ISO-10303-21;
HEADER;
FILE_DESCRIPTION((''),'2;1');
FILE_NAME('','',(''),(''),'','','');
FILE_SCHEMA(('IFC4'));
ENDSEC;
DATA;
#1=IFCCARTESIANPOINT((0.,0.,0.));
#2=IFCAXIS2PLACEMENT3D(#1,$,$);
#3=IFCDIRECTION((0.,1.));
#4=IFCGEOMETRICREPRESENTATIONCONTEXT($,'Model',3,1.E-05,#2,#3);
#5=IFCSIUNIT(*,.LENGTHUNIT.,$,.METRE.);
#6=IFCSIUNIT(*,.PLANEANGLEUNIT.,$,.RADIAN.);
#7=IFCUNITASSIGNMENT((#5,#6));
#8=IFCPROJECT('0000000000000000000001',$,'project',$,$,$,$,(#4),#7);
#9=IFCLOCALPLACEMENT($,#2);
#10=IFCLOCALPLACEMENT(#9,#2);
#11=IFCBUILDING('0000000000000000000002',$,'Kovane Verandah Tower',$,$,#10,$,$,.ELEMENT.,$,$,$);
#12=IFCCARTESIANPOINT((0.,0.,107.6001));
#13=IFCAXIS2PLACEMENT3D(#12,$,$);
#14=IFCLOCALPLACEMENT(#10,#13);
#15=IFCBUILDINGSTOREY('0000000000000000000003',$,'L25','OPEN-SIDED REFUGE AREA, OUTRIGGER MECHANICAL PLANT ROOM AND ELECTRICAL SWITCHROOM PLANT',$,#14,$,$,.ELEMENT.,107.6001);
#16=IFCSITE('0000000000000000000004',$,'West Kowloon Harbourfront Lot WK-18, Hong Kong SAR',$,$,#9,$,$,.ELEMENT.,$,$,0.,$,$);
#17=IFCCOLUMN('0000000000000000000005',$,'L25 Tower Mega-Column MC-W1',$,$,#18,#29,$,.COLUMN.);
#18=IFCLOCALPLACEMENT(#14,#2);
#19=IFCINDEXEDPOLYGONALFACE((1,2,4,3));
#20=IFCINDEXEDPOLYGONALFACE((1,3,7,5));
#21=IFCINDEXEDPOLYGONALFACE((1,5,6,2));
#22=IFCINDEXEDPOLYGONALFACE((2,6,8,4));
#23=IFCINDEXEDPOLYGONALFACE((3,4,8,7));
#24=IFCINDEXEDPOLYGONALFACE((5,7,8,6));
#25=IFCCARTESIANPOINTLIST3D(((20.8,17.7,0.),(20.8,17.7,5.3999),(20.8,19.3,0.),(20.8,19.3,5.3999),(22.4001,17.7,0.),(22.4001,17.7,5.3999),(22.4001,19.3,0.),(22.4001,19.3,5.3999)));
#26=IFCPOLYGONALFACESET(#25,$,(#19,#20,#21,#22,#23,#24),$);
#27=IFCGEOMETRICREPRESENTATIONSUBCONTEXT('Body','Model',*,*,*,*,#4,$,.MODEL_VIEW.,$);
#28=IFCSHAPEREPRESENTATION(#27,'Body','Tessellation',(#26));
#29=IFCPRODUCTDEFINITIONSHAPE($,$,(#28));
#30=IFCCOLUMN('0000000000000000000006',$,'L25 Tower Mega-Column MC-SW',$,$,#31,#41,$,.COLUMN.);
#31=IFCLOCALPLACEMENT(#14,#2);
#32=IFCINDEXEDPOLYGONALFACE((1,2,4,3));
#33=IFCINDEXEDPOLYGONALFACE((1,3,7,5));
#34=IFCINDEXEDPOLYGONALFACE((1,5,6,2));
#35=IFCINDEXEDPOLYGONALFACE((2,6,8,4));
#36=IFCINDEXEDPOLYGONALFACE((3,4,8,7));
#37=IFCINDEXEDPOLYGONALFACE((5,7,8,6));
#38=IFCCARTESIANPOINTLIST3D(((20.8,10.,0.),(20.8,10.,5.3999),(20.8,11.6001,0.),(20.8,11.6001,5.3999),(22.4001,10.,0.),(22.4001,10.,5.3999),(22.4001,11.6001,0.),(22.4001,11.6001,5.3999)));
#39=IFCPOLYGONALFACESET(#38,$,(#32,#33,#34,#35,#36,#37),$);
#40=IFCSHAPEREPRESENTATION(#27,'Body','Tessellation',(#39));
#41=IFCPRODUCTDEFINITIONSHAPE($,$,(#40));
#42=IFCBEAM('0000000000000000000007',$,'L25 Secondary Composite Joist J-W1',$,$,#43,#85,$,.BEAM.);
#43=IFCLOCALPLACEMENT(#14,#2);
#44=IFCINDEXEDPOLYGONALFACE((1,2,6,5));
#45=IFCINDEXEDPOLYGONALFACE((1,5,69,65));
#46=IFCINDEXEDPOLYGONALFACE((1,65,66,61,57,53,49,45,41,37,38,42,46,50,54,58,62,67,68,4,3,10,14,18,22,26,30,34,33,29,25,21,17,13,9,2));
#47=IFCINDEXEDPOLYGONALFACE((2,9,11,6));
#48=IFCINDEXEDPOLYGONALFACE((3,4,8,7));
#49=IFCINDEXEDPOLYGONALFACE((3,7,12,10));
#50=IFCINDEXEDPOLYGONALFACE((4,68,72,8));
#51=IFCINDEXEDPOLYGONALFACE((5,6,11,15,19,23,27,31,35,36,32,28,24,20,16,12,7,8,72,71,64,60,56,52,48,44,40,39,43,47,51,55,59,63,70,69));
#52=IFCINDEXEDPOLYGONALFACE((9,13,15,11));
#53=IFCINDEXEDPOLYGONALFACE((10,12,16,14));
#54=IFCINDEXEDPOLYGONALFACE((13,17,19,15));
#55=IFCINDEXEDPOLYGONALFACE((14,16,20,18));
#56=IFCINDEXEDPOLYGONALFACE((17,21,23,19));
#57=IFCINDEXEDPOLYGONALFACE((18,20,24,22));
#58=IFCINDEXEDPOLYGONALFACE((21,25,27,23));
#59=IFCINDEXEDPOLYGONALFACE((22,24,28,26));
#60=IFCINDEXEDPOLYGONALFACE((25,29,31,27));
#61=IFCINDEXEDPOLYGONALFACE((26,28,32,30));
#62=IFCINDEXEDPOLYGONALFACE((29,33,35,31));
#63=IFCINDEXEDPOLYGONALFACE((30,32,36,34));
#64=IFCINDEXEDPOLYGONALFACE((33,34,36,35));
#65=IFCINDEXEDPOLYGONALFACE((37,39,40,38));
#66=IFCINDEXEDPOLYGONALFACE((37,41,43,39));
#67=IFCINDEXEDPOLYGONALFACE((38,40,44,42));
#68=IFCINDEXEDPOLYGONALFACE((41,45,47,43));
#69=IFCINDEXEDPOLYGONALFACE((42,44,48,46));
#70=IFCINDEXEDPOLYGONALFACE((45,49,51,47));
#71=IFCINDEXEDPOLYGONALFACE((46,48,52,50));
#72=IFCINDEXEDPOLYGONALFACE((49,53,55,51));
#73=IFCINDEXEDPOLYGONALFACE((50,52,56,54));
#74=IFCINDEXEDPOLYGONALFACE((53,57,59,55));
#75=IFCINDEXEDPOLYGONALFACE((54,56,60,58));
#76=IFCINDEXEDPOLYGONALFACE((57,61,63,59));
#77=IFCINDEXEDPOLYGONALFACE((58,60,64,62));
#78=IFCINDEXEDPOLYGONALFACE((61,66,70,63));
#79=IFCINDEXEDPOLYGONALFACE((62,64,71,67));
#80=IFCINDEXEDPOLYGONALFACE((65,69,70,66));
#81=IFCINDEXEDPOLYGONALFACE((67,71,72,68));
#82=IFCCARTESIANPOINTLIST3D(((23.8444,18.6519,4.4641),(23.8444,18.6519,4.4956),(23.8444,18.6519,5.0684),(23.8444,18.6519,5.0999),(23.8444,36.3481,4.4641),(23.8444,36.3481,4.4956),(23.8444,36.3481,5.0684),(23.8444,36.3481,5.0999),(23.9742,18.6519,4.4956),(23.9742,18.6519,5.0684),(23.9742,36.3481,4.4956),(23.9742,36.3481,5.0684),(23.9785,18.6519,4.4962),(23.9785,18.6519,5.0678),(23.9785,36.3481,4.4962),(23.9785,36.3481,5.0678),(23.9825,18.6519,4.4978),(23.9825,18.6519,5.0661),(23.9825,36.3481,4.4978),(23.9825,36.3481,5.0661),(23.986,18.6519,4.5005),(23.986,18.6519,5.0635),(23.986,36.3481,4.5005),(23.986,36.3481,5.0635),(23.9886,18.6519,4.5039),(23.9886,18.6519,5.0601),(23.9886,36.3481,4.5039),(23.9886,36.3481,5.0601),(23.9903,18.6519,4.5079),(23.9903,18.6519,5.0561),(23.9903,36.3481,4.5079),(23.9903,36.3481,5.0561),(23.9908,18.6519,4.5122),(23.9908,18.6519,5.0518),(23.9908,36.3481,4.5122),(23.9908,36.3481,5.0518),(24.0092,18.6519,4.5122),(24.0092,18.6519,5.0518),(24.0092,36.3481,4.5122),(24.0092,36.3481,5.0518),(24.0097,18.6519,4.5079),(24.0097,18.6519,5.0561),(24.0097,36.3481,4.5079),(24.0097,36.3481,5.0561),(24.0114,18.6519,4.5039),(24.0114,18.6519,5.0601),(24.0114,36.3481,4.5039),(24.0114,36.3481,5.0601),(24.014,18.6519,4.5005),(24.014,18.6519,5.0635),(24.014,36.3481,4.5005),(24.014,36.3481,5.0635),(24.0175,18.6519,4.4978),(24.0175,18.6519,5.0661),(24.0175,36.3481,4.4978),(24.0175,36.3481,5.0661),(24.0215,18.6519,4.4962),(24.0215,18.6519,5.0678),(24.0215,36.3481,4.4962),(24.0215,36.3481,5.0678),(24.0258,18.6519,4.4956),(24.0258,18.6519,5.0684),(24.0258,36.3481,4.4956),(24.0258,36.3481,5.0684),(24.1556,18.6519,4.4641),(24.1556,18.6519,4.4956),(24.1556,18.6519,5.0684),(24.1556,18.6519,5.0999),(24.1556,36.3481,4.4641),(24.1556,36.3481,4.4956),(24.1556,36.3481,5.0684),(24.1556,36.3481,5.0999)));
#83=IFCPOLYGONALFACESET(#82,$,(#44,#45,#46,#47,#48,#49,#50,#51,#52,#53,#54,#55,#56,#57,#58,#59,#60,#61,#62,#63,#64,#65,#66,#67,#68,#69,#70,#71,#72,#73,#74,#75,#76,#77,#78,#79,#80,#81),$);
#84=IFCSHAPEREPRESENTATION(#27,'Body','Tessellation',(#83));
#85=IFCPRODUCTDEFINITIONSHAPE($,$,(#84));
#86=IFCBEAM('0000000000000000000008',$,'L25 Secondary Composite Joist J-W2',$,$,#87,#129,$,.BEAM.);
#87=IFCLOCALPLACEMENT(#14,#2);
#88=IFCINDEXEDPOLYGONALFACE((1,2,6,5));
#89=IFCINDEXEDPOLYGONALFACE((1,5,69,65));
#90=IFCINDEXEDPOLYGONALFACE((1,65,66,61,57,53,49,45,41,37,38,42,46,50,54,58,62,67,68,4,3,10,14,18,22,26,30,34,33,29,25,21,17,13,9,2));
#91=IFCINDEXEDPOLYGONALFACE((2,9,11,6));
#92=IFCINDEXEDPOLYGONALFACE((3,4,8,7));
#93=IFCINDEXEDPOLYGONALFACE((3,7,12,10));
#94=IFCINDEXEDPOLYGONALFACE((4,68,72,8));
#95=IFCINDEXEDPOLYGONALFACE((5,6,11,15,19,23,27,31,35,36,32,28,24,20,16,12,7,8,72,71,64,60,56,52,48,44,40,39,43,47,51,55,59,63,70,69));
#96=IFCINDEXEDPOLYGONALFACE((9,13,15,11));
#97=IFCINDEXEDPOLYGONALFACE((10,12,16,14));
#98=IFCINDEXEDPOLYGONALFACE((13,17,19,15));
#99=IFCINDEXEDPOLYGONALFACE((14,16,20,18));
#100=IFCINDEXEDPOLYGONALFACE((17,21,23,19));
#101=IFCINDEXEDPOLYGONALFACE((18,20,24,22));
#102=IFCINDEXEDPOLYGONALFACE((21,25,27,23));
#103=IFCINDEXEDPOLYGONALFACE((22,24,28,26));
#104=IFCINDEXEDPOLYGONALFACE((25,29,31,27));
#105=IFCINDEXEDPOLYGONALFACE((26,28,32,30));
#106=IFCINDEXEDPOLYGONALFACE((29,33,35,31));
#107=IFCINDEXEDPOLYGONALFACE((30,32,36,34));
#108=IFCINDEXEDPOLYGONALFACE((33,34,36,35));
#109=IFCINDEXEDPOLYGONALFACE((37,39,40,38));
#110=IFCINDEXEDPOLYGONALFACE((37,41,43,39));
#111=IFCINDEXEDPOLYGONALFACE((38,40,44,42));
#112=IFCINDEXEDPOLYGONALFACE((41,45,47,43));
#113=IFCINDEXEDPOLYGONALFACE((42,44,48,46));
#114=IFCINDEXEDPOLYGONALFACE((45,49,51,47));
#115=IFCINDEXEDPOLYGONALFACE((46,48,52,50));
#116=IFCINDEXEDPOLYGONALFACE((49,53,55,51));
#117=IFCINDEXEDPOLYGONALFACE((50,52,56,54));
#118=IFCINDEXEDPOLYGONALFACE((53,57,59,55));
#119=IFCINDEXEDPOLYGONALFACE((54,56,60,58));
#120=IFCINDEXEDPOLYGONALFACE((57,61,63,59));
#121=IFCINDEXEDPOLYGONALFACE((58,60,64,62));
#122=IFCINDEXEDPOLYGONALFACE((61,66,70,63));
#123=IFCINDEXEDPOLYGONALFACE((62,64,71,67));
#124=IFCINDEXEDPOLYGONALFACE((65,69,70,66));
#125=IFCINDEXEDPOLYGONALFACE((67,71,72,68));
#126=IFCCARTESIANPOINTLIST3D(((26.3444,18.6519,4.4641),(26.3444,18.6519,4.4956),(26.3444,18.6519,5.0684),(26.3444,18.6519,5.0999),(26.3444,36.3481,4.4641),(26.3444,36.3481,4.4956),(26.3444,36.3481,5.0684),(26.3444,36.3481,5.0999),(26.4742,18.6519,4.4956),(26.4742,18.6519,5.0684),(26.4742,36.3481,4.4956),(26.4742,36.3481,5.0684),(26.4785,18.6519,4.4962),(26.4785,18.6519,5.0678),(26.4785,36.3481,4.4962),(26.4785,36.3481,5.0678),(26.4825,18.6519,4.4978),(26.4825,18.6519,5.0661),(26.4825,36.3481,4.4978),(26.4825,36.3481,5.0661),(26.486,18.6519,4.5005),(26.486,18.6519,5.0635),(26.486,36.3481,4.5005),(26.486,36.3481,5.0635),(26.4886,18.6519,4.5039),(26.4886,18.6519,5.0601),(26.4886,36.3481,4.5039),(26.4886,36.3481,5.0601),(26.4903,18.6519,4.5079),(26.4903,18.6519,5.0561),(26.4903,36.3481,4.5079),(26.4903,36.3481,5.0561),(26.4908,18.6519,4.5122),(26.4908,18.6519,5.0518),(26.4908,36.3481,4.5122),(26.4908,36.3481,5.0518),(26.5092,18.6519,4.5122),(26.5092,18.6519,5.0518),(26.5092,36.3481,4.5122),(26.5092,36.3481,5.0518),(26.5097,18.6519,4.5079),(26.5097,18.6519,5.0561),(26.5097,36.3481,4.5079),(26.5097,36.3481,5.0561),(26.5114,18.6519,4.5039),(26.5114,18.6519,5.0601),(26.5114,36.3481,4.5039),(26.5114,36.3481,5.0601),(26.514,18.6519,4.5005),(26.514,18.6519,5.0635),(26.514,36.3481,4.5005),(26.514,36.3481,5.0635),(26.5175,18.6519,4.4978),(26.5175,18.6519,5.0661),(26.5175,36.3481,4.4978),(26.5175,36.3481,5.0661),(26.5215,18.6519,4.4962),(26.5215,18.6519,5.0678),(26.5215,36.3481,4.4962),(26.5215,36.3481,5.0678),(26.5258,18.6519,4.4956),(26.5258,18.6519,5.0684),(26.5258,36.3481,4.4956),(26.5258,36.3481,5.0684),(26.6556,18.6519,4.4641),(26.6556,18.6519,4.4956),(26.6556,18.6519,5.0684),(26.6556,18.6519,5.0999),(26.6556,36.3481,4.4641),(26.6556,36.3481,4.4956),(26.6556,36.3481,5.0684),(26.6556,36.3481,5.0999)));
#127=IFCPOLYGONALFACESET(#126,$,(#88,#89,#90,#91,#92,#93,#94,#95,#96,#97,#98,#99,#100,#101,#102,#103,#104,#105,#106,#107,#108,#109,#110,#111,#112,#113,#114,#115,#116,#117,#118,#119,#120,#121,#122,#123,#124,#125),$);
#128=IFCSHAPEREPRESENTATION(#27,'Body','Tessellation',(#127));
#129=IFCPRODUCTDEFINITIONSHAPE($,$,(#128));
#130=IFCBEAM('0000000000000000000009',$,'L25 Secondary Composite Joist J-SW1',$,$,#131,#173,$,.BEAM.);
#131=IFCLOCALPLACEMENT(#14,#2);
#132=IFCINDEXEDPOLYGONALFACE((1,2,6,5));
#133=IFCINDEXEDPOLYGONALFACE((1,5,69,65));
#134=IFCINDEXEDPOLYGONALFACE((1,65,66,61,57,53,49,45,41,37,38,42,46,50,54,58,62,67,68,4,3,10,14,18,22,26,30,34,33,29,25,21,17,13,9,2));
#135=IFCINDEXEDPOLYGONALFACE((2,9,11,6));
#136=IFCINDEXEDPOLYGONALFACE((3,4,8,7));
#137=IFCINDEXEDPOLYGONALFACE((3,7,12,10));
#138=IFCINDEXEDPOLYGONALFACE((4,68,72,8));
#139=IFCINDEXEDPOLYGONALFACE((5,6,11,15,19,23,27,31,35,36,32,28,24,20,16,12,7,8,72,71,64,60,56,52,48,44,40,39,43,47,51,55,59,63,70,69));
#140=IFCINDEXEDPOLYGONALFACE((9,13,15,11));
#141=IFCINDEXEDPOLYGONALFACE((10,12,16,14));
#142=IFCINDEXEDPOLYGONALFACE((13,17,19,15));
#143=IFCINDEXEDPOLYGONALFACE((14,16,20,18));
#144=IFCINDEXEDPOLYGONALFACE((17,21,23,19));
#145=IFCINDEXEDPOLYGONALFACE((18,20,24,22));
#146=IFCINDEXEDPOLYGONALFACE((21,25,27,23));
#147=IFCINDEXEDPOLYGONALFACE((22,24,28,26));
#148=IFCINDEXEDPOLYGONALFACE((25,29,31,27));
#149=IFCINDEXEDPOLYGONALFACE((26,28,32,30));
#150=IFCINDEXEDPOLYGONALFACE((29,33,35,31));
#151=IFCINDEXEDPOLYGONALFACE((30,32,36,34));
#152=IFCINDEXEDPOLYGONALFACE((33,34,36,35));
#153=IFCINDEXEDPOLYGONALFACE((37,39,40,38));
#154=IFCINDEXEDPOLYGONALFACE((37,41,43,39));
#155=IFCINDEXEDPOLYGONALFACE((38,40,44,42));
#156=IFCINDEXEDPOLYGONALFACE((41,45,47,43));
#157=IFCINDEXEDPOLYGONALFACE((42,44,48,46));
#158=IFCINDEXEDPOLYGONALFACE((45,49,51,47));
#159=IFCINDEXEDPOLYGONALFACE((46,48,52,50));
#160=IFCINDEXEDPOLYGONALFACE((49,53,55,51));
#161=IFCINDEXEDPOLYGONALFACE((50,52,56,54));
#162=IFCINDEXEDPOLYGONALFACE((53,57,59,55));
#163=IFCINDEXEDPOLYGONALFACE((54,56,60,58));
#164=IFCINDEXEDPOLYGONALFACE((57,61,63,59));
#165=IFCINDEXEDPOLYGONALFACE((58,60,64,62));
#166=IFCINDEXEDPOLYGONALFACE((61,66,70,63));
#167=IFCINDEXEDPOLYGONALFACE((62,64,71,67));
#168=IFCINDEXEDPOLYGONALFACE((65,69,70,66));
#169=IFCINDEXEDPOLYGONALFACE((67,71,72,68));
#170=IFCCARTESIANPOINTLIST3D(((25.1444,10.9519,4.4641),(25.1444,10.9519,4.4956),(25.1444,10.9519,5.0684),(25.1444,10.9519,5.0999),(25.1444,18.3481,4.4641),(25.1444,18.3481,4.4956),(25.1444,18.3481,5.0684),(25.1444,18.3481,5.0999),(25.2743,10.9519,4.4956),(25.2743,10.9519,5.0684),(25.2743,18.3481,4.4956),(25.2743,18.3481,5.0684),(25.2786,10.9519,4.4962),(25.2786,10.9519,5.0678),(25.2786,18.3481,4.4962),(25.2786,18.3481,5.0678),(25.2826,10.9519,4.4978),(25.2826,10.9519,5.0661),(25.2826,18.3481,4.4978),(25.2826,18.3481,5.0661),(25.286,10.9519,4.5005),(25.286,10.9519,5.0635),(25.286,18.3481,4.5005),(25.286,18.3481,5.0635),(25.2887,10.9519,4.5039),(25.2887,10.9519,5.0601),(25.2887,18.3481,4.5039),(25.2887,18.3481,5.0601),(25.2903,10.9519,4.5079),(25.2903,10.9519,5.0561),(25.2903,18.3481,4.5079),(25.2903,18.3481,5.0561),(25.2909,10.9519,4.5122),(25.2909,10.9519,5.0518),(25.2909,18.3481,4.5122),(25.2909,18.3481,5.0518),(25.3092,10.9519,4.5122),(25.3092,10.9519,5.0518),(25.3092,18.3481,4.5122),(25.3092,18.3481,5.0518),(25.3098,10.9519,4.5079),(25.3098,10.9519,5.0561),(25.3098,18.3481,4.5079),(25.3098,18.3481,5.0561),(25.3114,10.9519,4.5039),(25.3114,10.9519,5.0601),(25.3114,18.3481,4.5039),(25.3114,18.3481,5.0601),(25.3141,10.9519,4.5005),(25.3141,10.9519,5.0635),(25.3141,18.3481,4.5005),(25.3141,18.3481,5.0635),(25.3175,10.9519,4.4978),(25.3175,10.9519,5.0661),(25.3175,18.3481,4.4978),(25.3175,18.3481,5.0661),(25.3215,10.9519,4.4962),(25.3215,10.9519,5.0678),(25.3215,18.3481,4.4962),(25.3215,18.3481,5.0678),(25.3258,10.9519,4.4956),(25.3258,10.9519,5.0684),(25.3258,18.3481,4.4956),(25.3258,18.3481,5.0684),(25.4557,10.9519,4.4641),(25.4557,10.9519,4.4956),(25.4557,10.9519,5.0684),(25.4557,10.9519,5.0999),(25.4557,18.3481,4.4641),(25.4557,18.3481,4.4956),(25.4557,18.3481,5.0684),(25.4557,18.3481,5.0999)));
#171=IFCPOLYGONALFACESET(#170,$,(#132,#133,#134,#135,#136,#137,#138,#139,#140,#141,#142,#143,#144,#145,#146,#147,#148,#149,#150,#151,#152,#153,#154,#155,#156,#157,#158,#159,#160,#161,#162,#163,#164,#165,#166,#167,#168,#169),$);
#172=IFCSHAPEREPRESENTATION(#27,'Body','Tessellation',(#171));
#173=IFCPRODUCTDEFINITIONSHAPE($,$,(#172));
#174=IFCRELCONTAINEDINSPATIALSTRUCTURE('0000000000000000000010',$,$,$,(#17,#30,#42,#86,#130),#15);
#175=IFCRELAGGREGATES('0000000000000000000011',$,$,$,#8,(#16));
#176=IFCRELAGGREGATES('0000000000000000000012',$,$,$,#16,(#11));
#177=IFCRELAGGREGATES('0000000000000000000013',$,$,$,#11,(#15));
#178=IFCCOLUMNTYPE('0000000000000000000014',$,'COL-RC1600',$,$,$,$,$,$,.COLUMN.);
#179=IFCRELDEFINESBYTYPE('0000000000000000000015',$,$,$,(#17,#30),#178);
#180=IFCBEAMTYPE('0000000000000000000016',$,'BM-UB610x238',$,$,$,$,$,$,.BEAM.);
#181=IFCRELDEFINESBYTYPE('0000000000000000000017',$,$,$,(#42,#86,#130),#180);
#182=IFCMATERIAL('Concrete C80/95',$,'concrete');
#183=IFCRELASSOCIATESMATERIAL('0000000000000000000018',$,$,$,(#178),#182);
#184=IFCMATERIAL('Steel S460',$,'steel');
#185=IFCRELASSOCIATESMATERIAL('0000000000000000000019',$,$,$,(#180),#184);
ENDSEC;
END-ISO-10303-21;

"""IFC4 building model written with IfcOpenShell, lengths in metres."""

from ifc_helpers import new_model, si_unit, direction, frame, origin, origin_2d, place, context, subcontext, project, spatial, rectangle, i_section, extrude, material, material_profile, profile_set, type_object, element, save


model = new_model("IFC4")

# Units and contexts
model_context = context("Model", 3, precision=1e-05, world=origin(), true_north=direction((0.0, 1.0)))
body_context = subcontext(model_context, "Body", "Model", "MODEL_VIEW")
ifc_project = project(units=[si_unit("LENGTHUNIT", "METRE"), si_unit("PLANEANGLEUNIT", "RADIAN")], contexts=[model_context])

# Site, building, storey
site_placement = place(None, origin())
site = spatial("IfcSite", under=ifc_project, at=site_placement, Name="West Kowloon Harbourfront Lot WK-18, Hong Kong SAR", CompositionType="ELEMENT", RefElevation=0.0)
building_placement = place(site_placement, origin())
building = spatial("IfcBuilding", under=site, at=building_placement, Name="Kovane Verandah Tower", CompositionType="ELEMENT")
storey_placement = place(building_placement, frame((0.0, 0.0, 107.6001)))
storey = spatial("IfcBuildingStorey", under=building, at=storey_placement, Name="L25", Description="OPEN-SIDED REFUGE AREA, OUTRIGGER MECHANICAL PLANT ROOM AND ELECTRICAL SWITCHROOM PLANT", CompositionType="ELEMENT", Elevation=107.6001)

# Columns
ifc_material_1 = material(Name="Concrete C80/95", Category="concrete")
ifc_material_profile_1 = material_profile(ifc_material_1, rectangle(XDim=1.6001, YDim=1.6001, at=origin_2d()), Name="RC1600x1600")
ifc_profile_set_1 = profile_set([ifc_material_profile_1], Name="Concrete C80/95")
column_type = type_object("IfcColumnType", Name="COL-RC1600", PredefinedType="COLUMN", material=ifc_profile_set_1)
for number, where, z_axis, x_axis, name in (
    (1, (21.6001, 18.5, 0.0), (0.0, 0.0, 1.0), (1.0, 0.0, 0.0), "L25 Tower Mega-Column MC-W1"),
    (2, (21.6001, 10.8, 0.0), (0.0, 0.0, 1.0), (1.0, 0.0, 0.0), "L25 Tower Mega-Column MC-SW"),
):
    element("IfcColumn", number, at=place(storey_placement, frame(where, z_axis=z_axis, x_axis=x_axis)), inside=storey, type_object=column_type, Name=name, PredefinedType="COLUMN", context=body_context, shape_type="SweptSolid", body=[
        extrude(rectangle(XDim=1.6001, YDim=1.6001, at=origin_2d()), origin(), (0.0, 0.0, 1.0), 5.3999),
    ])

# Beams
ifc_material_2 = material(Name="Steel S460", Category="steel")
ifc_material_profile_2 = material_profile(ifc_material_2, i_section(OverallWidth=0.3113, OverallDepth=0.6357, WebThickness=0.0183, FlangeThickness=0.0315, FilletRadius=0.0166, at=origin_2d()), Name="UB610x305x238")
ifc_profile_set_2 = profile_set([ifc_material_profile_2], Name="Steel S460")
beam_type_1 = type_object("IfcBeamType", Name="BM-UB610x238", PredefinedType="BEAM", material=ifc_profile_set_2)
for number, where, z_axis, x_axis, name in (
    (3, (24.0, 18.6519, 4.782), (0.0, 1.0, 0.0), (-1.0, 0.0, 0.0), "L25 Secondary Composite Joist J-W1"),
    (4, (26.5, 18.6519, 4.782), (0.0, 1.0, 0.0), (-1.0, 0.0, 0.0), "L25 Secondary Composite Joist J-W2"),
):
    element("IfcBeam", number, at=place(storey_placement, frame(where, z_axis=z_axis, x_axis=x_axis)), inside=storey, type_object=beam_type_1, Name=name, PredefinedType="BEAM", context=body_context, shape_type="SweptSolid", body=[
        extrude(i_section(OverallWidth=0.3113, OverallDepth=0.6357, WebThickness=0.0183, FlangeThickness=0.0315, FilletRadius=0.0166, at=origin_2d()), origin(), (0.0, 0.0, 1.0), 17.6963),
    ])
beam_1_placement = place(storey_placement, frame((25.3, 10.9519, 4.782), z_axis=(0.0, 1.0, 0.0), x_axis=(-1.0, 0.0, 0.0)))
element("IfcBeam", 5, at=beam_1_placement, inside=storey, type_object=beam_type_1, Name="L25 Secondary Composite Joist J-SW1", PredefinedType="BEAM", context=body_context, shape_type="SweptSolid", body=[
    extrude(i_section(OverallWidth=0.3113, OverallDepth=0.6357, WebThickness=0.0183, FlangeThickness=0.0315, FilletRadius=0.0166, at=origin_2d()), origin(), (0.0, 0.0, 1.0), 7.3962),
])

save(model, "model.ifc")
